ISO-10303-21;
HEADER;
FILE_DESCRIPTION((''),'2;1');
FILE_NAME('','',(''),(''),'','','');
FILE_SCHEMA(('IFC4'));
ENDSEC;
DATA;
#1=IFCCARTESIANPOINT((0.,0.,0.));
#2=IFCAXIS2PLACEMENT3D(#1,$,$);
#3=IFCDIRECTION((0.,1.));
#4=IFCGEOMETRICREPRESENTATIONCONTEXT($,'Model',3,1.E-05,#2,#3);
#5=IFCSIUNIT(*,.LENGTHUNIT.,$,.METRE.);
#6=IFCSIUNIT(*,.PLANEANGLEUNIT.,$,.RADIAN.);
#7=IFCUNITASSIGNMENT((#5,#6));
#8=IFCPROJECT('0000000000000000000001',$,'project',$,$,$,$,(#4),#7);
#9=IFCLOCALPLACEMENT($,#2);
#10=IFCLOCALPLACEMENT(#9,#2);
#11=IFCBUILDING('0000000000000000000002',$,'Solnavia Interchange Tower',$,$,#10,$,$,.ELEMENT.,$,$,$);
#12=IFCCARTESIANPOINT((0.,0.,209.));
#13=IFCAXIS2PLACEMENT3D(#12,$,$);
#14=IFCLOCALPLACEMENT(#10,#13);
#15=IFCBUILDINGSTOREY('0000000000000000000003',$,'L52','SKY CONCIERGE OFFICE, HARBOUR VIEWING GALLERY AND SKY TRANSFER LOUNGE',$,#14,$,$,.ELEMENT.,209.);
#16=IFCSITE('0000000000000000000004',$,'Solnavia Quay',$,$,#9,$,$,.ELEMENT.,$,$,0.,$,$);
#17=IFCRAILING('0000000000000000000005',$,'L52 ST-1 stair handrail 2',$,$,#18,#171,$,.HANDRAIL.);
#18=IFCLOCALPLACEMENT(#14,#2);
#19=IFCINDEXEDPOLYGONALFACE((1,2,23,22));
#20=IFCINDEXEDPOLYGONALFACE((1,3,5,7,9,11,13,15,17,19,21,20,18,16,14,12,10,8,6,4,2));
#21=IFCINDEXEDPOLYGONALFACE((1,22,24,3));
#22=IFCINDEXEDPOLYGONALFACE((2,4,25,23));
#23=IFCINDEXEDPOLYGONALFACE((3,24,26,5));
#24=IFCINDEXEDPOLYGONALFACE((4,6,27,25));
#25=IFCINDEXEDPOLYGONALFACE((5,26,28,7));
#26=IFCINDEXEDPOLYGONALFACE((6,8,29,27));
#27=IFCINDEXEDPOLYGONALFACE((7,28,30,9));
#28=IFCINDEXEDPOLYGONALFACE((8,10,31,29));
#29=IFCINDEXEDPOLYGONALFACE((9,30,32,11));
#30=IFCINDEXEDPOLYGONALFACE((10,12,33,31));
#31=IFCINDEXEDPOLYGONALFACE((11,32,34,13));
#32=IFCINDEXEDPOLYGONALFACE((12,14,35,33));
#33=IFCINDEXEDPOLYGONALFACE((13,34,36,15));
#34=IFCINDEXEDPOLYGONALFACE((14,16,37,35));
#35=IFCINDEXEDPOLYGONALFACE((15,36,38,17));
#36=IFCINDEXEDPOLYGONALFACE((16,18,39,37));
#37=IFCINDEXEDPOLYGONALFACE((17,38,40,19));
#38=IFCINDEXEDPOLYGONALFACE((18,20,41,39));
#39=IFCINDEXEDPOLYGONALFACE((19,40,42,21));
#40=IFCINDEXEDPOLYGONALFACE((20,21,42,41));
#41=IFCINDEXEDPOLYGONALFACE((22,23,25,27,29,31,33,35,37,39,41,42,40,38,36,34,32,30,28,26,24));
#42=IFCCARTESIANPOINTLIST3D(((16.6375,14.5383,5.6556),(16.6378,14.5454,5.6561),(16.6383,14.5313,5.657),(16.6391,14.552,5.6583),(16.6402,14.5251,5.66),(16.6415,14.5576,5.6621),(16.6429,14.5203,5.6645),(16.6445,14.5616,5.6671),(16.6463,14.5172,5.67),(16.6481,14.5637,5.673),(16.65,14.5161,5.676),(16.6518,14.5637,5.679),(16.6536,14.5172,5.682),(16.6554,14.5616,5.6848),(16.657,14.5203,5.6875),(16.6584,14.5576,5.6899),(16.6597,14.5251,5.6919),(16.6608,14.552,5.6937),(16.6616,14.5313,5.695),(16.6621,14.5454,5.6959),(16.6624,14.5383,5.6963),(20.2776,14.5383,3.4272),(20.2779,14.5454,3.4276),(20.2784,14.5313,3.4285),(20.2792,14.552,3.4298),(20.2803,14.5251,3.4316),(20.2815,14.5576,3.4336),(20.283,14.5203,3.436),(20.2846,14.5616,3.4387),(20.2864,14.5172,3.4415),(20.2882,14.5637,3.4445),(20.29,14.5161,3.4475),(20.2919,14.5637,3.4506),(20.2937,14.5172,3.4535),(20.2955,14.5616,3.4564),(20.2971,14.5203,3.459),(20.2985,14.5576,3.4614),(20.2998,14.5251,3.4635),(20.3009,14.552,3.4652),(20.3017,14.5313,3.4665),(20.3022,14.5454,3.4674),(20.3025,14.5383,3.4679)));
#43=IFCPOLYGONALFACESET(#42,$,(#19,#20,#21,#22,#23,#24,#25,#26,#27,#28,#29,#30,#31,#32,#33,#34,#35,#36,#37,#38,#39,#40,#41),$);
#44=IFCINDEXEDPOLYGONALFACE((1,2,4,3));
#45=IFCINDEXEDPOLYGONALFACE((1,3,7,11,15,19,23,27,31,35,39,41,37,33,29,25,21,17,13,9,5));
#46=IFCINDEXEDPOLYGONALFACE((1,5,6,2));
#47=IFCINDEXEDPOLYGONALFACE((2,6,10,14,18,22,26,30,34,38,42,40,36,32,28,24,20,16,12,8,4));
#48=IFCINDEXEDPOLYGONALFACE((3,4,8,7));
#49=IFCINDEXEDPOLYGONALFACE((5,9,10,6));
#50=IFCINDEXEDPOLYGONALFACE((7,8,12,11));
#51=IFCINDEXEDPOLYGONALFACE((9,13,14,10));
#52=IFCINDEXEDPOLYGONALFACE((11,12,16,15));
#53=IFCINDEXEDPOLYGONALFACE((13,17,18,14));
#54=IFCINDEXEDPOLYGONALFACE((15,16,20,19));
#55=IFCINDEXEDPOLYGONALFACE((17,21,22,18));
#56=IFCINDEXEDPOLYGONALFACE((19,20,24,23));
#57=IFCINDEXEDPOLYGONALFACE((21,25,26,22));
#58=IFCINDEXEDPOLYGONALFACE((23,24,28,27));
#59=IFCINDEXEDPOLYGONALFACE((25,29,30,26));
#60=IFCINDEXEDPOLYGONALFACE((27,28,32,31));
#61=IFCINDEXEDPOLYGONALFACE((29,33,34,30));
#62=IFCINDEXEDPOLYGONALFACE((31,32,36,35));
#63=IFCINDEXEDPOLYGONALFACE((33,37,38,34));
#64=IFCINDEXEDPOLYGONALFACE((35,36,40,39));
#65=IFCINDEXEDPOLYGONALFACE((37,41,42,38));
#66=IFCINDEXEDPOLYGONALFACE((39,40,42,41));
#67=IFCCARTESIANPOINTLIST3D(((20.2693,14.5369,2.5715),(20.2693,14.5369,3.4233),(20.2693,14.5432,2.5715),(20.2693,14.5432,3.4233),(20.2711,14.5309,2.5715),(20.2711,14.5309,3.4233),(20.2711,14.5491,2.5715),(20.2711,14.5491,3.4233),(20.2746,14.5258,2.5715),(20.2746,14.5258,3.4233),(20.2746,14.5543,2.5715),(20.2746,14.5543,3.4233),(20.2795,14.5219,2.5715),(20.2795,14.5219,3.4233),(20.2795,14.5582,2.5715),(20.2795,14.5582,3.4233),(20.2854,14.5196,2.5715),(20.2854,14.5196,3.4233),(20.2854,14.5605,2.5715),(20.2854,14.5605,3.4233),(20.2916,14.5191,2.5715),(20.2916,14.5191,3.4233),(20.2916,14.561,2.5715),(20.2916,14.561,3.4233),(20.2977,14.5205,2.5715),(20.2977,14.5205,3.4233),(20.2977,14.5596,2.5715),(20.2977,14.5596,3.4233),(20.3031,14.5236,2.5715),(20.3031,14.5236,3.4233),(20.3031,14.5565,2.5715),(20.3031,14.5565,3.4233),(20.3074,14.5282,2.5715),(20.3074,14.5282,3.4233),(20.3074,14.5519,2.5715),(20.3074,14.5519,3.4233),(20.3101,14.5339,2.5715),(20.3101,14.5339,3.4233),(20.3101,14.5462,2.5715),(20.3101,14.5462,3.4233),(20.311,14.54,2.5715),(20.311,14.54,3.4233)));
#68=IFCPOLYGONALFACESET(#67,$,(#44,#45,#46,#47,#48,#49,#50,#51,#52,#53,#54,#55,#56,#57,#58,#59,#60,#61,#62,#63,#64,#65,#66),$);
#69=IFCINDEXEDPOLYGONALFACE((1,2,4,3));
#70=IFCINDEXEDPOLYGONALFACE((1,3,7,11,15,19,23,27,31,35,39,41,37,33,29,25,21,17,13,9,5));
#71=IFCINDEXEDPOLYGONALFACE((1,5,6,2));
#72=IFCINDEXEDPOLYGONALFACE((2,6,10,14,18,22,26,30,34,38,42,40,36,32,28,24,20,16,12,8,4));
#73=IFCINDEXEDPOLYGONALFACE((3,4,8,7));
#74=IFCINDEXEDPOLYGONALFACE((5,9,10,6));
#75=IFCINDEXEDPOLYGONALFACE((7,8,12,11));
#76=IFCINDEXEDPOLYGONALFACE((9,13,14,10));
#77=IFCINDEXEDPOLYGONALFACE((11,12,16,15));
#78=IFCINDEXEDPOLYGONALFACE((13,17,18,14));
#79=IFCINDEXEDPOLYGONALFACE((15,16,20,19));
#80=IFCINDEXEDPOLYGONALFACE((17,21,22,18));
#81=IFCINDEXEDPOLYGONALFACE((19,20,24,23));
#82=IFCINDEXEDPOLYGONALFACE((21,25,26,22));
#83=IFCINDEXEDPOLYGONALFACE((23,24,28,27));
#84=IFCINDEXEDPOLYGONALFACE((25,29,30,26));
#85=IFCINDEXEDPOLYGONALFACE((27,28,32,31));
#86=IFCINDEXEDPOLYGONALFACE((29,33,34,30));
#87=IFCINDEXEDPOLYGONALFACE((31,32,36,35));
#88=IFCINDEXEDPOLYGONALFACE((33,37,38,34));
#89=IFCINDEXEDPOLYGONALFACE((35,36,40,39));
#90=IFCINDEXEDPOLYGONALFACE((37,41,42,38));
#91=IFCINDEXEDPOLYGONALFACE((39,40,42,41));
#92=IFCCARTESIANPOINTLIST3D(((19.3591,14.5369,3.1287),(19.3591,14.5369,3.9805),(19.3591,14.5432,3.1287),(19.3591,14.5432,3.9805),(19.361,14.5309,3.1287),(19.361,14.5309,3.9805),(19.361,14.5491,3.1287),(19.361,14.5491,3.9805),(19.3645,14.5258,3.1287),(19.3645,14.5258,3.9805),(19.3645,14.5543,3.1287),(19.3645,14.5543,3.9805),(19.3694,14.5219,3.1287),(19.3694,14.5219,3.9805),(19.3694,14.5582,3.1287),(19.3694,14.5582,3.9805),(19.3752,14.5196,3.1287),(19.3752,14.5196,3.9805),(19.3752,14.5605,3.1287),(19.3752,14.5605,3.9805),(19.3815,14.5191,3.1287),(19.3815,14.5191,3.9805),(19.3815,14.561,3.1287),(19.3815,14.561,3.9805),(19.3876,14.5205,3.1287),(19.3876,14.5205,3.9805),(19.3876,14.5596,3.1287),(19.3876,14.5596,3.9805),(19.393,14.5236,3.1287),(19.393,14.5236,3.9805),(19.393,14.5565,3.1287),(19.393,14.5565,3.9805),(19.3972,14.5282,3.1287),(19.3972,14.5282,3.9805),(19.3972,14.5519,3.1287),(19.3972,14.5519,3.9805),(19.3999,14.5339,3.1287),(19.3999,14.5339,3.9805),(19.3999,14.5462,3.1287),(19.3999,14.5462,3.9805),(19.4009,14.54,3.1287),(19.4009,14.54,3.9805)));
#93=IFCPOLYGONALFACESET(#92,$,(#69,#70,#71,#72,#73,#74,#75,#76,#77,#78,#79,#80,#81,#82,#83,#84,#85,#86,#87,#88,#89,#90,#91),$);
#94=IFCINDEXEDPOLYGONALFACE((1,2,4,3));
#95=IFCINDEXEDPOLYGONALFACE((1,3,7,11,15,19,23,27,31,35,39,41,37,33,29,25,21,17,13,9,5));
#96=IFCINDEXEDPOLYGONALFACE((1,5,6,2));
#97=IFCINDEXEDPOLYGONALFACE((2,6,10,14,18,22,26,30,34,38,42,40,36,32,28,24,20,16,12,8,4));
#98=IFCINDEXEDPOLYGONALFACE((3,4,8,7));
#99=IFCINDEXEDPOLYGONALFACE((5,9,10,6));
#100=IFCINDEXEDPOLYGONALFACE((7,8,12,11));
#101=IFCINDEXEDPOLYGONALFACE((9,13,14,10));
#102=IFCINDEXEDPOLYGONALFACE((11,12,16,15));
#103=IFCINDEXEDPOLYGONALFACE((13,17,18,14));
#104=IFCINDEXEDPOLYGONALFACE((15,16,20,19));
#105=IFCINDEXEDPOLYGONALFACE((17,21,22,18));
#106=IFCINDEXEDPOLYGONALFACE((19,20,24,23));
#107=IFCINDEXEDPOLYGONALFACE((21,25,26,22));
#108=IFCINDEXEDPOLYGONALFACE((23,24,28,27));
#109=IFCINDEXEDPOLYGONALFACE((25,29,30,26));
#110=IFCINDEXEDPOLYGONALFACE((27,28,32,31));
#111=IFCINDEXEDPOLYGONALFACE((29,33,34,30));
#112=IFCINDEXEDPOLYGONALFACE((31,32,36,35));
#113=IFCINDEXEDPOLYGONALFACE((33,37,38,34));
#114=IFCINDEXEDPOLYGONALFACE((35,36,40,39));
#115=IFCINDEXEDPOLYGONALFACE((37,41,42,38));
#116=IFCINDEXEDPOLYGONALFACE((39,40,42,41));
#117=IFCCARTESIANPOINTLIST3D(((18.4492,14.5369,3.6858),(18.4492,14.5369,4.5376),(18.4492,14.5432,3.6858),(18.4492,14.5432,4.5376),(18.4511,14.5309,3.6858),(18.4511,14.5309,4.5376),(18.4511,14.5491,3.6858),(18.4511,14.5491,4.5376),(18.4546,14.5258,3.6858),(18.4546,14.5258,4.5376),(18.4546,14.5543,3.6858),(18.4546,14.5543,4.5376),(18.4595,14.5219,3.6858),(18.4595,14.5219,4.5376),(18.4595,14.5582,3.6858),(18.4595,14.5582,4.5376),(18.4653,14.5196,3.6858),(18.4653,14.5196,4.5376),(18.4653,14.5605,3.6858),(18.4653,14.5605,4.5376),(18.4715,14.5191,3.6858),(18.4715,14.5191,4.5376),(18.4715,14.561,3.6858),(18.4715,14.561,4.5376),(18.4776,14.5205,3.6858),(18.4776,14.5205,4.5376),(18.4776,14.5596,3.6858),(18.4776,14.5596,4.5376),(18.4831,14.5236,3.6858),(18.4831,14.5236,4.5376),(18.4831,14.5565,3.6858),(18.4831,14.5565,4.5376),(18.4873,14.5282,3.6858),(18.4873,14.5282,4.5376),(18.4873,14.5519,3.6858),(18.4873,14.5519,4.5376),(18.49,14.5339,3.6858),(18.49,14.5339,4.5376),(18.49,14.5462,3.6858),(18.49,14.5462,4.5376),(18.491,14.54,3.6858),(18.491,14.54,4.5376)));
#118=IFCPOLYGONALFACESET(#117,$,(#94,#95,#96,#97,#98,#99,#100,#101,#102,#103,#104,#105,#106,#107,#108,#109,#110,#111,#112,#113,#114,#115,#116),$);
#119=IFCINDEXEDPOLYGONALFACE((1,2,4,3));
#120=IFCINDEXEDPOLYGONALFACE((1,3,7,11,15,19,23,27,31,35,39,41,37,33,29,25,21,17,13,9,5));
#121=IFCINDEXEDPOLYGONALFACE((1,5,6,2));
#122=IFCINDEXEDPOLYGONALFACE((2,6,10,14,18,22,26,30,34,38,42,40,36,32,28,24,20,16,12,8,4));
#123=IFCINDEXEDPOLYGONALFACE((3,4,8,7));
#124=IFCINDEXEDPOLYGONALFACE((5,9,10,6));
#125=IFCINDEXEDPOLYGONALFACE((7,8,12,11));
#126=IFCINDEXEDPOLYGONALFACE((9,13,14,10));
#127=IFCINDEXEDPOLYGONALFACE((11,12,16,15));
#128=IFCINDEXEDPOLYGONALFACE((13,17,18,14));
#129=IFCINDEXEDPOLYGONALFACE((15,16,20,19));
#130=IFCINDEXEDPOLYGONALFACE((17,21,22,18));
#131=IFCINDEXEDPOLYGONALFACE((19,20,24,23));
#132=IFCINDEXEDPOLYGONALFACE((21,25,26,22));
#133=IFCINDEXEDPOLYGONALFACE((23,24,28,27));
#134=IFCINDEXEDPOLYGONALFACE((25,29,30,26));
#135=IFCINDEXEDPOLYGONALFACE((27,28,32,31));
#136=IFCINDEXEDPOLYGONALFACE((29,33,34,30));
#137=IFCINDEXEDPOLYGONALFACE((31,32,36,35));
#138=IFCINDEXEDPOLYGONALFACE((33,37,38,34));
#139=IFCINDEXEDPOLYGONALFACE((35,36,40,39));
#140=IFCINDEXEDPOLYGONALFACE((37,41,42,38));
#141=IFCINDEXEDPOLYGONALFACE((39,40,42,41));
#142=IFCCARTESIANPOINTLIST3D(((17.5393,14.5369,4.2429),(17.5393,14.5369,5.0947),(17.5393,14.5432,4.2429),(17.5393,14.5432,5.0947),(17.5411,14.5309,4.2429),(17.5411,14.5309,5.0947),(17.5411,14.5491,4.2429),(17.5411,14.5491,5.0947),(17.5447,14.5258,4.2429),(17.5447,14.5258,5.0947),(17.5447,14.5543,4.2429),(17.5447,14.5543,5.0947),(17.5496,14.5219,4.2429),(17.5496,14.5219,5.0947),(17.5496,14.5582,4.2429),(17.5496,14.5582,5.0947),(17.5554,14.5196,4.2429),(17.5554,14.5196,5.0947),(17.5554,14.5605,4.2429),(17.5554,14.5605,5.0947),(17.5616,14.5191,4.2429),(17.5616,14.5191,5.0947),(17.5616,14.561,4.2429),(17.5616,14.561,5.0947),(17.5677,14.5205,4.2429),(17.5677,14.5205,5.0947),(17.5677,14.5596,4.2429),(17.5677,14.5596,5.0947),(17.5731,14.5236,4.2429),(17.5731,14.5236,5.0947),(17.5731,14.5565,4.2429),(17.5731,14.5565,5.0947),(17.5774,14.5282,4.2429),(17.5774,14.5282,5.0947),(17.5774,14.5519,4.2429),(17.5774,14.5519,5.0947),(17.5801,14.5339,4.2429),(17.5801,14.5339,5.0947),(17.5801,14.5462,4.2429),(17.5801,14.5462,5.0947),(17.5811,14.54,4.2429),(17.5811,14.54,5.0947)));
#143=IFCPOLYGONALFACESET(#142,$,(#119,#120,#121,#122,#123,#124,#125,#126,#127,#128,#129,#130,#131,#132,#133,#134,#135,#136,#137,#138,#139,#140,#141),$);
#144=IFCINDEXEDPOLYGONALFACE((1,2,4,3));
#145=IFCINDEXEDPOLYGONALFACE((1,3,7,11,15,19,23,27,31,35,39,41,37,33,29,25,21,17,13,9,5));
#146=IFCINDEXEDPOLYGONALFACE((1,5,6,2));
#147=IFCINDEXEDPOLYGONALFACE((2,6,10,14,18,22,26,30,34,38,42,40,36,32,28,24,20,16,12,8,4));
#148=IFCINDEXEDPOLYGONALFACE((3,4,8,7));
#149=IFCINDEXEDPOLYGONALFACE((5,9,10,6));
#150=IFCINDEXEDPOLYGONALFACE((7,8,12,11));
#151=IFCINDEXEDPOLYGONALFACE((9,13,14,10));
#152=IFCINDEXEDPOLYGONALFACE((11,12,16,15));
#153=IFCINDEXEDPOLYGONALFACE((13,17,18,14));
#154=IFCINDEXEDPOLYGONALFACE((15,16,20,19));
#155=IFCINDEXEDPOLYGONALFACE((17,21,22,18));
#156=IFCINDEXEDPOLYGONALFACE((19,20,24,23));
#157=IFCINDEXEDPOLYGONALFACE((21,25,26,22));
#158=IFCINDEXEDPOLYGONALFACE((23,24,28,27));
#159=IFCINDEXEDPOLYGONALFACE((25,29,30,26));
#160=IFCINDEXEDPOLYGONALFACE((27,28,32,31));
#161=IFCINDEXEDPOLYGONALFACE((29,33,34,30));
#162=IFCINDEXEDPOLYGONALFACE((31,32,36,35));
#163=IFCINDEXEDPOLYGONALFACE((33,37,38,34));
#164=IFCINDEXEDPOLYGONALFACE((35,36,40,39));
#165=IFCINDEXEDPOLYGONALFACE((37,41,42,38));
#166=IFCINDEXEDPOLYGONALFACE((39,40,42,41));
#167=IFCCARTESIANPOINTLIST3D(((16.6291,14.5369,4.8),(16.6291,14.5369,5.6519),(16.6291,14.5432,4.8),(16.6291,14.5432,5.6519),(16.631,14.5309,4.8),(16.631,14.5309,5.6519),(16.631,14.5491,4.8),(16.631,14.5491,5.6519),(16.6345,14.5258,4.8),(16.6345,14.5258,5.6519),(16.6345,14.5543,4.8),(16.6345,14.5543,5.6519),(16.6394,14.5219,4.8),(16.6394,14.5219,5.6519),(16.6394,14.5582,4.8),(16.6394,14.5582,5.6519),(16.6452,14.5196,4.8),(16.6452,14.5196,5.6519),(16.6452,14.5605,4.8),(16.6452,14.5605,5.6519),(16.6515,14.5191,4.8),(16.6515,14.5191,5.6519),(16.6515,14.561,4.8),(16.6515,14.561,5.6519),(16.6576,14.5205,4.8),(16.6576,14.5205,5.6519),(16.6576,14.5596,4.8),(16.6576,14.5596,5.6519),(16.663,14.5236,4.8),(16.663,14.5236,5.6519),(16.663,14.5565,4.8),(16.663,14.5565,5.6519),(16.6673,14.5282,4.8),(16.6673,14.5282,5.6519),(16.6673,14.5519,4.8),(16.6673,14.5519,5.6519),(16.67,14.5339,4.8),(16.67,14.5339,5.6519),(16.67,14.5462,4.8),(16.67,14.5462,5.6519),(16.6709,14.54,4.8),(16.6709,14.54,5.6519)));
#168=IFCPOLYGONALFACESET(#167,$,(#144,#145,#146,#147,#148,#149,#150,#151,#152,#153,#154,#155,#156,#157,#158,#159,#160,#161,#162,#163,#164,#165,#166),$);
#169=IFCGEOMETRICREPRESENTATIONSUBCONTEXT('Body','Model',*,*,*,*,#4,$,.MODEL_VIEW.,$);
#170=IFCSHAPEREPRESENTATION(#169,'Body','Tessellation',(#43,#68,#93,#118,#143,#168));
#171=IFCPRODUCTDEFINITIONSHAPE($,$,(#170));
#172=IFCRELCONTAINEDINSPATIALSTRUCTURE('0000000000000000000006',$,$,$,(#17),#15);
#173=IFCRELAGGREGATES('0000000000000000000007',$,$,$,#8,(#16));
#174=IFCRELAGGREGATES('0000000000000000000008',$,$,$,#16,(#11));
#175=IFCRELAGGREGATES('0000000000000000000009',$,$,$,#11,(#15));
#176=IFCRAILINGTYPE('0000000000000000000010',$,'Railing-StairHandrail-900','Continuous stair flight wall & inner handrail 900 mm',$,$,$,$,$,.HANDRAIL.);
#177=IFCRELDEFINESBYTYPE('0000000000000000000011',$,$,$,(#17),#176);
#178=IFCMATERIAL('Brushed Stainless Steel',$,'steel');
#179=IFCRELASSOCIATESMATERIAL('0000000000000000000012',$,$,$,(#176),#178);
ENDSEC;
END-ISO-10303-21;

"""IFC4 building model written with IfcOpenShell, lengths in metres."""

from ifc_helpers import new_model, si_unit, direction, frame, origin, origin_2d, place, context, subcontext, project, spatial, circle, extrude, material, type_object, element, save


model = new_model("IFC4")

# Units and contexts
model_context = context("Model", 3, precision=1e-05, world=origin(), true_north=direction((0.0, 1.0)))
body_context = subcontext(model_context, "Body", "Model", "MODEL_VIEW")
ifc_project = project(units=[si_unit("LENGTHUNIT", "METRE"), si_unit("PLANEANGLEUNIT", "RADIAN")], contexts=[model_context])

# Site, building, storey
site_placement = place(None, origin())
site = spatial("IfcSite", under=ifc_project, at=site_placement, Name="Solnavia Quay", CompositionType="ELEMENT", RefElevation=0.0)
building_placement = place(site_placement, origin())
building = spatial("IfcBuilding", under=site, at=building_placement, Name="Solnavia Interchange Tower", CompositionType="ELEMENT")
storey_placement = place(building_placement, frame((0.0, 0.0, 209.0)))
storey = spatial("IfcBuildingStorey", under=building, at=storey_placement, Name="L52", Description="SKY CONCIERGE OFFICE, HARBOUR VIEWING GALLERY AND SKY TRANSFER LOUNGE", CompositionType="ELEMENT", Elevation=209.0)

# Railing
ifc_material_1 = material(Name="Brushed Stainless Steel", Category="steel")
railing_type_1 = type_object("IfcRailingType", Name="Railing-StairHandrail-900", Description="Continuous stair flight wall & inner handrail 900 mm", PredefinedType="HANDRAIL", material=ifc_material_1)
railing_1_placement = place(storey_placement, frame((20.29, 14.54, 2.5715)))
element("IfcRailing", 1, at=railing_1_placement, inside=storey, type_object=railing_type_1, Name="L52 ST-1 stair handrail 2", PredefinedType="HANDRAIL", context=body_context, shape_type="SweptSolid", body=[
    extrude(circle(Radius=0.0239, at=origin_2d()), frame((0.0, 0.0, 0.876), z_axis=(-0.852866, 0.0, 0.52213), x_axis=(0.0, -1.0, 0.0)), (0.0, 0.0, 1.0), 4.2681),
    extrude(circle(Radius=0.021, at=origin_2d()), origin(), (0.0, 0.0, 1.0), 0.8518),
    extrude(circle(Radius=0.021, at=origin_2d()), frame((-0.9102, 0.0, 0.5571)), (0.0, 0.0, 1.0), 0.8518),
    extrude(circle(Radius=0.021, at=origin_2d()), frame((-1.8201, 0.0, 1.1143)), (0.0, 0.0, 1.0), 0.8518),
    extrude(circle(Radius=0.021, at=origin_2d()), frame((-2.73, 0.0, 1.6714)), (0.0, 0.0, 1.0), 0.8518),
    extrude(circle(Radius=0.021, at=origin_2d()), frame((-3.6401, 0.0, 2.2285)), (0.0, 0.0, 1.0), 0.8518),
])

save(model, "model.ifc")
